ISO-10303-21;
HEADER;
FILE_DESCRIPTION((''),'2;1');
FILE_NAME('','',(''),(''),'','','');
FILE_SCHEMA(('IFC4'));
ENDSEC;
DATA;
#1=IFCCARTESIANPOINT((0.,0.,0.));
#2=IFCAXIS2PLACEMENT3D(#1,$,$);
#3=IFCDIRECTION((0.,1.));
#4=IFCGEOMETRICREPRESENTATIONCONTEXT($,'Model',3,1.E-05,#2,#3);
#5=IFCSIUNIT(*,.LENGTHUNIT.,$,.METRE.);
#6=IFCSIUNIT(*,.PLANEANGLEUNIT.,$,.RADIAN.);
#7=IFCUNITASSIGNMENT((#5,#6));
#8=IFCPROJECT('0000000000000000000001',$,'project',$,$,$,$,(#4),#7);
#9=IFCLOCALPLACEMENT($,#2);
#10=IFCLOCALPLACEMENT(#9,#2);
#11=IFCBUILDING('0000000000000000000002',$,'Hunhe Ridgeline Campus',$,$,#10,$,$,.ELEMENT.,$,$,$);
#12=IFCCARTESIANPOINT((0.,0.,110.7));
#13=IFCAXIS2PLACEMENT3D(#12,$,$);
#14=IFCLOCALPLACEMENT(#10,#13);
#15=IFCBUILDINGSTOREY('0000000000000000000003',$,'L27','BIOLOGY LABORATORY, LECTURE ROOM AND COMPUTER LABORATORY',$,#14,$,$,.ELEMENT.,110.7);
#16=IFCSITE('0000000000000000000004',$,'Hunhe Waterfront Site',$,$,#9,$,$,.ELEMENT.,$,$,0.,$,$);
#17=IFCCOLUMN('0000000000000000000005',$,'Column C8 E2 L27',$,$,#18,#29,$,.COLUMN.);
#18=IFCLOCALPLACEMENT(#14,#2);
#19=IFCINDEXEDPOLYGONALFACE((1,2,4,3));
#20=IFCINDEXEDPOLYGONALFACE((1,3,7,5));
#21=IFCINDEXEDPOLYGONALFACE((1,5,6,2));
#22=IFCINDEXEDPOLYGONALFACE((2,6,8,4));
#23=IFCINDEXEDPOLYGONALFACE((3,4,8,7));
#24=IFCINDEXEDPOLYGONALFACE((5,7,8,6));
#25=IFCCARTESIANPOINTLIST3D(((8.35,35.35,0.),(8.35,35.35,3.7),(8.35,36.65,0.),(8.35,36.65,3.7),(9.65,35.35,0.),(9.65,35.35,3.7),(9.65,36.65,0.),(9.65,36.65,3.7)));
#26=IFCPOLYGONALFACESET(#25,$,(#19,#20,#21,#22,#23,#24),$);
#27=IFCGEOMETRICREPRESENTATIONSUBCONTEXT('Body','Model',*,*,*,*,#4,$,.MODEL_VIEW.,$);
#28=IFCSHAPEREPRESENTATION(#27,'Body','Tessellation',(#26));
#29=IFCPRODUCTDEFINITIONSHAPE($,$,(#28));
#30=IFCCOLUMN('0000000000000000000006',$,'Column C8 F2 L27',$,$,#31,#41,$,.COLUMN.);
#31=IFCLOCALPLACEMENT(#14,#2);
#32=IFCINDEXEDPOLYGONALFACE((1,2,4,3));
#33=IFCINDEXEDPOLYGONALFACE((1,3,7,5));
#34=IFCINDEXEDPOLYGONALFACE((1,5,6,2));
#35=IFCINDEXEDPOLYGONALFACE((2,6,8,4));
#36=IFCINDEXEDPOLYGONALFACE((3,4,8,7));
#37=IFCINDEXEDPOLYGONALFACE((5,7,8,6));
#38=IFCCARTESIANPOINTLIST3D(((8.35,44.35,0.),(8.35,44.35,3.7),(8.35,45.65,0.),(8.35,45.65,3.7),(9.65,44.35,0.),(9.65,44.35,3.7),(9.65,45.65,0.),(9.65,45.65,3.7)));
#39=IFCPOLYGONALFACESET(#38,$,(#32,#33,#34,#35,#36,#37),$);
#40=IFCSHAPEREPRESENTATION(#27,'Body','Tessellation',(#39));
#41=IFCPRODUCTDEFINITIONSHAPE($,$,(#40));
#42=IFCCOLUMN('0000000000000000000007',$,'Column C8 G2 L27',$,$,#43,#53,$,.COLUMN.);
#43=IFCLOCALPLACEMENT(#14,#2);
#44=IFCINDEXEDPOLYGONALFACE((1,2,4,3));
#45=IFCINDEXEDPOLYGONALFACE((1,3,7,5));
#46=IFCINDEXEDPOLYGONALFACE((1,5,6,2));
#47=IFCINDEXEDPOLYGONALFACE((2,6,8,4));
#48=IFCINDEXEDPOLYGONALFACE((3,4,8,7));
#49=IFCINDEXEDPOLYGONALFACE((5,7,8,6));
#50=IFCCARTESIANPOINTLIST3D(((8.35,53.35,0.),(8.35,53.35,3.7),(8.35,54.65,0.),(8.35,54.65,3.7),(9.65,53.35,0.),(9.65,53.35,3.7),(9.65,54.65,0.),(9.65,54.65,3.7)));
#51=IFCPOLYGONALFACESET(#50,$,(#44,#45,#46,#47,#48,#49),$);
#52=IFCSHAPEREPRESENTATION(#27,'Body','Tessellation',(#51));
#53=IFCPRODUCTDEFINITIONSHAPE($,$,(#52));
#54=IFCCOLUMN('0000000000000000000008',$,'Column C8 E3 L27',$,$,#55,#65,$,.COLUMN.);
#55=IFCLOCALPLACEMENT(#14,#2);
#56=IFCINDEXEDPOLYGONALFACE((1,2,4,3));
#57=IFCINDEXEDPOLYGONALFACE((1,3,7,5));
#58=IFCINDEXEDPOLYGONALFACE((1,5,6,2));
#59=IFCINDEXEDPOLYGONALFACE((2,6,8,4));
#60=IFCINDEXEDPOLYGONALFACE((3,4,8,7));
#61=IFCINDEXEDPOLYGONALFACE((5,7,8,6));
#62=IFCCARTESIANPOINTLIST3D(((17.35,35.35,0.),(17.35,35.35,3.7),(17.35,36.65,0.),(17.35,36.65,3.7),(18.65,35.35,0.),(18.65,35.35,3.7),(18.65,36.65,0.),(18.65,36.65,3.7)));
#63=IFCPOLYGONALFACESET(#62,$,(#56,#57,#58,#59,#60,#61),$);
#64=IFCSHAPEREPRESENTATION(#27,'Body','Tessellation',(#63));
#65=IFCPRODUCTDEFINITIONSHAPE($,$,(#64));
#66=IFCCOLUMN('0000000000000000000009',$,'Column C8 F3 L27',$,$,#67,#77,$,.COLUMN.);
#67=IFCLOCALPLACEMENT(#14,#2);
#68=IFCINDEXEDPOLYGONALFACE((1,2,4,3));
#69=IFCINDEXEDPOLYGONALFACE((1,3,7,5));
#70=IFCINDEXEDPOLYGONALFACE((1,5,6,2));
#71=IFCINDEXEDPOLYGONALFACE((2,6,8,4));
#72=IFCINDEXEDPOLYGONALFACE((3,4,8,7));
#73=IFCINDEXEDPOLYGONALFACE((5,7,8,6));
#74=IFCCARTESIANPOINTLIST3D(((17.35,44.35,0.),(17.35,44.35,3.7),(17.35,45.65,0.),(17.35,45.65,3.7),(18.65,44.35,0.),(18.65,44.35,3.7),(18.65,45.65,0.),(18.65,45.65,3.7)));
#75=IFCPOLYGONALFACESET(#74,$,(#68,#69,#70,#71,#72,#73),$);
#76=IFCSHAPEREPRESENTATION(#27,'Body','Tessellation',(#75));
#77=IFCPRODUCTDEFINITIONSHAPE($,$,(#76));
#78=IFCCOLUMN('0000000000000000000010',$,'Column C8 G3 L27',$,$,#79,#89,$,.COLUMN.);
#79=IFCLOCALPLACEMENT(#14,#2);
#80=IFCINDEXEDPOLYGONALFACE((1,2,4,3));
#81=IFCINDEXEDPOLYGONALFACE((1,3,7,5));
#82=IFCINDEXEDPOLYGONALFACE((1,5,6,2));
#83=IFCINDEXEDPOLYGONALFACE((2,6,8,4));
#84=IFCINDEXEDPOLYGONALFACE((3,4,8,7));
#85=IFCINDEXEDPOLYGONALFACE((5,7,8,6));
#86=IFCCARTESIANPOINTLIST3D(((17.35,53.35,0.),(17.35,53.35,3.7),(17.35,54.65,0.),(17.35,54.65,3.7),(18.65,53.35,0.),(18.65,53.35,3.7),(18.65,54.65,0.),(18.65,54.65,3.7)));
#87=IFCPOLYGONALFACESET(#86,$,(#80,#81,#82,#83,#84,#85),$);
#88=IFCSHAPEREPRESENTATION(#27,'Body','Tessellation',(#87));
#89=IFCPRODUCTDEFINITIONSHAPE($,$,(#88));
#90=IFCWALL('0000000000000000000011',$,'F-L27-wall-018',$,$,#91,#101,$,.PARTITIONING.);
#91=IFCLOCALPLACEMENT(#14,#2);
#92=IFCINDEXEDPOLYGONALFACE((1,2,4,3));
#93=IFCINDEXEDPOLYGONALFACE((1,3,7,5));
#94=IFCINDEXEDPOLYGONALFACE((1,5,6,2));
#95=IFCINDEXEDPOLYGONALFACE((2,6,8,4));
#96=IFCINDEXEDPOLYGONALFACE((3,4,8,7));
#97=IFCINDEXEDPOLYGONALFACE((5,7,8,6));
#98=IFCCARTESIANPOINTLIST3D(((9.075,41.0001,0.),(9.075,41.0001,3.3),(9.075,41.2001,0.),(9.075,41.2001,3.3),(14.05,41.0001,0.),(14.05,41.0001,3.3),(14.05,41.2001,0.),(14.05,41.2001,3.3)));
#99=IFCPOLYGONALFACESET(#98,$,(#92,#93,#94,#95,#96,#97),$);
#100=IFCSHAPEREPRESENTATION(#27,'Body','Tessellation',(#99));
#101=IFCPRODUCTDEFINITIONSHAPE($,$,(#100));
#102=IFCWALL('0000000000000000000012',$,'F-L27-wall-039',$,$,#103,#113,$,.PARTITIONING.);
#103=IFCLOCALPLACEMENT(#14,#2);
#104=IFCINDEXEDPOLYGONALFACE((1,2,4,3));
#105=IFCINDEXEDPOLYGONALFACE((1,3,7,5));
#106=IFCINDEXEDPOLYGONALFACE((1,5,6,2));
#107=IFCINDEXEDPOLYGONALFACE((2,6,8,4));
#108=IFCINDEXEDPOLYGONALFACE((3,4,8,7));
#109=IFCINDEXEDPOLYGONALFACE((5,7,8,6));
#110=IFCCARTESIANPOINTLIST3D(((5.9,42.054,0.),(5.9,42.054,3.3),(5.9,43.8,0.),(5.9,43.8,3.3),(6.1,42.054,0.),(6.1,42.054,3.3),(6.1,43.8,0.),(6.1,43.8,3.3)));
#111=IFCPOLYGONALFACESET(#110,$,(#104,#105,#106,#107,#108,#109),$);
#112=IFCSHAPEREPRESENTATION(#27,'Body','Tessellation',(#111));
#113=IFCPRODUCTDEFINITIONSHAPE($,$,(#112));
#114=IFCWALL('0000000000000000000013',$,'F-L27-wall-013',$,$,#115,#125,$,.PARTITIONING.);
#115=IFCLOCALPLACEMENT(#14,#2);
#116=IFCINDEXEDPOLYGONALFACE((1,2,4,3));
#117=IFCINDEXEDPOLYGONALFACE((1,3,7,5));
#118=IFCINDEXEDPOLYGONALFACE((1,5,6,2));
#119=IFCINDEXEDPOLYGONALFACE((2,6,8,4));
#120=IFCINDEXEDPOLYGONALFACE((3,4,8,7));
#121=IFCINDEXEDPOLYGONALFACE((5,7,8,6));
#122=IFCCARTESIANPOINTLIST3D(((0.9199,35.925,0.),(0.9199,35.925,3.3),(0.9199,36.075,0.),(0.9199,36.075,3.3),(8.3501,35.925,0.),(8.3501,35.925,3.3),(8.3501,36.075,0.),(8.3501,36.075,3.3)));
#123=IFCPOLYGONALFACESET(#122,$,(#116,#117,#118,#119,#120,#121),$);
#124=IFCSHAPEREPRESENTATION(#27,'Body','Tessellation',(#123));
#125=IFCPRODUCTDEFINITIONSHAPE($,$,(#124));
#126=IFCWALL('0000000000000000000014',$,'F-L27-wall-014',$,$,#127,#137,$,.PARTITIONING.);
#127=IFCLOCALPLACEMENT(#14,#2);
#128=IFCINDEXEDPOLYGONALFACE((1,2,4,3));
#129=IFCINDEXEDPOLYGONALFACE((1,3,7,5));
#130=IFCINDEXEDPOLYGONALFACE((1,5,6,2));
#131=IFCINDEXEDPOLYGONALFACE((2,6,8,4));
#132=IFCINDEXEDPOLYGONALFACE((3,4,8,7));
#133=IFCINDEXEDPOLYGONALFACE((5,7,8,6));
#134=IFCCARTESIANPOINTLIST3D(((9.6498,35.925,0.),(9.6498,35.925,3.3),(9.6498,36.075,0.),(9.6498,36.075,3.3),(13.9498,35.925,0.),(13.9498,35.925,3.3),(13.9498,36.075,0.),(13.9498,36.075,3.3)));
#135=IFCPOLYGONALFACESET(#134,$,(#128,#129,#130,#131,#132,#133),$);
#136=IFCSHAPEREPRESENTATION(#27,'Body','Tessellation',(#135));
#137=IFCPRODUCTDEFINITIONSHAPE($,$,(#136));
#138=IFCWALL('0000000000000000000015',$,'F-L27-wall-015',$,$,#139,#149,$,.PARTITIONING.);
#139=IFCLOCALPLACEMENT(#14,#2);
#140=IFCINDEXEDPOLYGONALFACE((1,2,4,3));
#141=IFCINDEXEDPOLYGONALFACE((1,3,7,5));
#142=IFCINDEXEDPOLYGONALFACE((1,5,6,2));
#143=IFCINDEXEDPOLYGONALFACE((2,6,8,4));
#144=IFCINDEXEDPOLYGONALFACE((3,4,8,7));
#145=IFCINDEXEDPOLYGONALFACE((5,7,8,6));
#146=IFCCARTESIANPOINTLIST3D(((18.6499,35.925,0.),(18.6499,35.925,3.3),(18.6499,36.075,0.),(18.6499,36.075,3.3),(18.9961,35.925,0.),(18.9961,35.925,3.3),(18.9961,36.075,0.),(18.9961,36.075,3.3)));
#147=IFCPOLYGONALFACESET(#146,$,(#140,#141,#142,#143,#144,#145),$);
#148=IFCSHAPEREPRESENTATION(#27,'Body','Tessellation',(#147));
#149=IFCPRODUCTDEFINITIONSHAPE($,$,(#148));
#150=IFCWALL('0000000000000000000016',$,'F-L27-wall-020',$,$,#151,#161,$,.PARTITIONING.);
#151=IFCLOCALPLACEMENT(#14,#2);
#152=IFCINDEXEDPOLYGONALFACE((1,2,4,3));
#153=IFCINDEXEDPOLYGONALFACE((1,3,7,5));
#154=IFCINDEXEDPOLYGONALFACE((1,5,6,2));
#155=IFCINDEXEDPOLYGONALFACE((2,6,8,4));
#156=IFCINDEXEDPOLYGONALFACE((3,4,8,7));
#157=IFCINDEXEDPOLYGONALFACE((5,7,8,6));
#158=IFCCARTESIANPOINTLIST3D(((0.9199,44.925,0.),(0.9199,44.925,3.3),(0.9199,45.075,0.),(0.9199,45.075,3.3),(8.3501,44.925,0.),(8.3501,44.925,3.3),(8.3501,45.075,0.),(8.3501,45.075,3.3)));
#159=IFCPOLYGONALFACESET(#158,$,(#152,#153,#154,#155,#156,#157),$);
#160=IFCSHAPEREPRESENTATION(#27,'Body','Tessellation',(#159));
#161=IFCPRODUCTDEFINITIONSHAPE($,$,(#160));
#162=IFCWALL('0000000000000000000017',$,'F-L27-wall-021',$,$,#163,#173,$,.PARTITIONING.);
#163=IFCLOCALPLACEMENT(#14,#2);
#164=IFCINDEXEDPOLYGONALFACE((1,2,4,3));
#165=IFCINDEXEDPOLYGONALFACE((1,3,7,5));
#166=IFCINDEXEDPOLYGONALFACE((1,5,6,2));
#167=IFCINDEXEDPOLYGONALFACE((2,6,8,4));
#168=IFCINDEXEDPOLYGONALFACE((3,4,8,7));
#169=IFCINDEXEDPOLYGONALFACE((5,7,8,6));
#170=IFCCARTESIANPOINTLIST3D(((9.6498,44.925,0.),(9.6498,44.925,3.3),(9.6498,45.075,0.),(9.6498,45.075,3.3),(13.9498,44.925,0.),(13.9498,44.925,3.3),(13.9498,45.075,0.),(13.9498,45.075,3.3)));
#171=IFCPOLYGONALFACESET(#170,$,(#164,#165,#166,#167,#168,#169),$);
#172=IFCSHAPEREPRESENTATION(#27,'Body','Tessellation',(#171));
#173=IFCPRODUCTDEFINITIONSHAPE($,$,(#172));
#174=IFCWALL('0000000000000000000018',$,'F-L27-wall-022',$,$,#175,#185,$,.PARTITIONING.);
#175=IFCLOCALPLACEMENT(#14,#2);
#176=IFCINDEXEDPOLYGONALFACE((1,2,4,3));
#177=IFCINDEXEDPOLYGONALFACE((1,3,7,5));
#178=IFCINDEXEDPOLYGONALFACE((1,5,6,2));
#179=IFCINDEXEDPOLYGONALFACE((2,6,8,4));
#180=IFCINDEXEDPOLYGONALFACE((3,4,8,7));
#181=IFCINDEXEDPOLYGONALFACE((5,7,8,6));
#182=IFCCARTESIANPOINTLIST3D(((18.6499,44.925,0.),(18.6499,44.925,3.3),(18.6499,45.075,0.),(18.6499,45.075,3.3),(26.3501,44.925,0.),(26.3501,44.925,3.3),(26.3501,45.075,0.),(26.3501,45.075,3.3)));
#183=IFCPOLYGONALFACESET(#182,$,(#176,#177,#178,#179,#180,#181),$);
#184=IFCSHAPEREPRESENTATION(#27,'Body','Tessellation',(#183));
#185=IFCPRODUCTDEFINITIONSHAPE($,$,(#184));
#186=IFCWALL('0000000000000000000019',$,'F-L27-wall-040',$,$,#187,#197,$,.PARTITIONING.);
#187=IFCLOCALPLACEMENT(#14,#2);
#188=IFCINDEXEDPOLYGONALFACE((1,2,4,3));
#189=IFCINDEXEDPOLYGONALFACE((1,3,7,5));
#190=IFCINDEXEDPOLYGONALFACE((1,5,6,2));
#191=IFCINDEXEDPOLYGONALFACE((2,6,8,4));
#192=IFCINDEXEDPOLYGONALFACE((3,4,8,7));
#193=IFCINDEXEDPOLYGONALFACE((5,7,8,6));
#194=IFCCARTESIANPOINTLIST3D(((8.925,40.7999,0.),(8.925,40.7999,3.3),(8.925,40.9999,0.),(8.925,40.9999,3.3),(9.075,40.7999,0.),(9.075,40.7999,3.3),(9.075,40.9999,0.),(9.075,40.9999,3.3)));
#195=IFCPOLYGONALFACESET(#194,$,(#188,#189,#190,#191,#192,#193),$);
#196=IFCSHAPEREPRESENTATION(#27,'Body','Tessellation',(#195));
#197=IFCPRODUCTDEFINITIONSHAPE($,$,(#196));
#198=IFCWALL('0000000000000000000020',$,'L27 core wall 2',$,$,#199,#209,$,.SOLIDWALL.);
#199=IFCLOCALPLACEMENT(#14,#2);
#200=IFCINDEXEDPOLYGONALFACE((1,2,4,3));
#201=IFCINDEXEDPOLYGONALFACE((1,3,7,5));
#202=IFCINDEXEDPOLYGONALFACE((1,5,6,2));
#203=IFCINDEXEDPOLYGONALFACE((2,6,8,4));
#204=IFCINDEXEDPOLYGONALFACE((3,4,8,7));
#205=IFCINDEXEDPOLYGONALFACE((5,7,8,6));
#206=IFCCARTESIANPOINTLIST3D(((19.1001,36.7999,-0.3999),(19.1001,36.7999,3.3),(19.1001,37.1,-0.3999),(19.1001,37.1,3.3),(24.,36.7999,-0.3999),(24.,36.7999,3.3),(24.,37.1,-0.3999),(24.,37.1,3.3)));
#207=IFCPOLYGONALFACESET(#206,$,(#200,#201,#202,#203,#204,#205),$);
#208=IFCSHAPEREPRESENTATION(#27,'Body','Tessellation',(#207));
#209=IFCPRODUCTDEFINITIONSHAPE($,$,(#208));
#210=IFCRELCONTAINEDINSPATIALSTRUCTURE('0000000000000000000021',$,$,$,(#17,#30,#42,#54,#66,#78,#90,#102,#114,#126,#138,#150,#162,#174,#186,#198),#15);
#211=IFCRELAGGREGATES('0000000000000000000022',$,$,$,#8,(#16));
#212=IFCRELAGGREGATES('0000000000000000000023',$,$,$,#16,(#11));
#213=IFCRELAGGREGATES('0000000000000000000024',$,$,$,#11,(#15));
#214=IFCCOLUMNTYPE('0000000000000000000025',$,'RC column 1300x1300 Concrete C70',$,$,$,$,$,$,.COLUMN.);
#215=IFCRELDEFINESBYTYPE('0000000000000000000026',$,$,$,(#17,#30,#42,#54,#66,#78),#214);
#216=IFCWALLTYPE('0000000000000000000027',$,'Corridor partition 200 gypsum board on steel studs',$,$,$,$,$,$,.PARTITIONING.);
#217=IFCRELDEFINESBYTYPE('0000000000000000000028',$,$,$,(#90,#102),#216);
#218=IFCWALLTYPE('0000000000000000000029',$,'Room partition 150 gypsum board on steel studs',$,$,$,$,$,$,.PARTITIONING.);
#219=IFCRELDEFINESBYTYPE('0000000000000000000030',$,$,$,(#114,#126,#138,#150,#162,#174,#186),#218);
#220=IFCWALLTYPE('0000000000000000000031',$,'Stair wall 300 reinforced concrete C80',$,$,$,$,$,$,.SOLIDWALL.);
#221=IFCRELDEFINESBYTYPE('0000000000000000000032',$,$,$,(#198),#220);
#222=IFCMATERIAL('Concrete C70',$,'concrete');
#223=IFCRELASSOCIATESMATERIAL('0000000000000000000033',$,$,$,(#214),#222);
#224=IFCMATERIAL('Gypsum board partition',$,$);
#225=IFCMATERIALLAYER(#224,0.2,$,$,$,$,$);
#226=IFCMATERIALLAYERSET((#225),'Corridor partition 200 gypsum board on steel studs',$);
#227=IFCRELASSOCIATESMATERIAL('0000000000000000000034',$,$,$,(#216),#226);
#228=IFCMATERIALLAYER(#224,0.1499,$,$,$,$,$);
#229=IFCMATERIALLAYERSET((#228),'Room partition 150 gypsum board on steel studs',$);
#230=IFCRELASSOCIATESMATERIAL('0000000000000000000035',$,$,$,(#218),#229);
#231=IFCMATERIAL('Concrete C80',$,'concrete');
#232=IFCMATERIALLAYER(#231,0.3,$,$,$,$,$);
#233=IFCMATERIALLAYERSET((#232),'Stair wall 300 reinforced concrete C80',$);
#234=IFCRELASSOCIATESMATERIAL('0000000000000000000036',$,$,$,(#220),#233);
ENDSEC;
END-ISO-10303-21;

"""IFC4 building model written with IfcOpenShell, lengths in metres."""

from ifc_helpers import new_model, si_unit, direction, frame, frame_2d, origin, origin_2d, place, context, subcontext, project, spatial, rectangle, extrude, material, layer, layer_set, material_profile, profile_set, type_object, element, save


model = new_model("IFC4")

# Units and contexts
model_context = context("Model", 3, precision=1e-05, world=origin(), true_north=direction((0.0, 1.0)))
body_context = subcontext(model_context, "Body", "Model", "MODEL_VIEW")
ifc_project = project(units=[si_unit("LENGTHUNIT", "METRE"), si_unit("PLANEANGLEUNIT", "RADIAN")], contexts=[model_context])

# Site, building, storey
site_placement = place(None, origin())
site = spatial("IfcSite", under=ifc_project, at=site_placement, Name="Hunhe Waterfront Site", CompositionType="ELEMENT", RefElevation=0.0)
building_placement = place(site_placement, origin())
building = spatial("IfcBuilding", under=site, at=building_placement, Name="Hunhe Ridgeline Campus", CompositionType="ELEMENT")
storey_placement = place(building_placement, frame((0.0, 0.0, 110.7)))
storey = spatial("IfcBuildingStorey", under=building, at=storey_placement, Name="L27", Description="BIOLOGY LABORATORY, LECTURE ROOM AND COMPUTER LABORATORY", CompositionType="ELEMENT", Elevation=110.7)

# Columns
ifc_material_1 = material(Name="Concrete C70", Category="concrete")
ifc_material_profile = material_profile(ifc_material_1, rectangle(XDim=1.3, YDim=1.3, at=origin_2d()))
ifc_profile_set = profile_set([ifc_material_profile], Name="Concrete C70")
column_type = type_object("IfcColumnType", Name="RC column 1300x1300 Concrete C70", PredefinedType="COLUMN", material=ifc_profile_set)
for number, where, z_axis, x_axis, name in (
    (1, (9.0, 36.0, 0.0), (0.0, 0.0, 1.0), (1.0, 0.0, 0.0), "Column C8 E2 L27"),
    (2, (9.0, 45.0, 0.0), (0.0, 0.0, 1.0), (1.0, 0.0, 0.0), "Column C8 F2 L27"),
    (3, (9.0, 54.0, 0.0), (0.0, 0.0, 1.0), (1.0, 0.0, 0.0), "Column C8 G2 L27"),
    (4, (18.0, 36.0, 0.0), (0.0, 0.0, 1.0), (1.0, 0.0, 0.0), "Column C8 E3 L27"),
    (5, (18.0, 45.0, 0.0), (0.0, 0.0, 1.0), (1.0, 0.0, 0.0), "Column C8 F3 L27"),
    (6, (18.0, 54.0, 0.0), (0.0, 0.0, 1.0), (1.0, 0.0, 0.0), "Column C8 G3 L27"),
):
    element("IfcColumn", number, at=place(storey_placement, frame(where, z_axis=z_axis, x_axis=x_axis)), inside=storey, type_object=column_type, Name=name, PredefinedType="COLUMN", context=body_context, shape_type="SweptSolid", body=[
        extrude(rectangle(XDim=1.3, YDim=1.3, at=origin_2d()), origin(), (0.0, 0.0, 1.0), 3.7),
    ])

# Wall
ifc_material_2 = material(Name="Gypsum board partition")
ifc_layer_1 = layer(ifc_material_2, 0.2)
ifc_layer_set_1 = layer_set([ifc_layer_1], Name="Corridor partition 200 gypsum board on steel studs")
wall_type_1 = type_object("IfcWallType", Name="Corridor partition 200 gypsum board on steel studs", PredefinedType="PARTITIONING", material=ifc_layer_set_1)
wall_1_placement = place(storey_placement, frame((14.05, 41.1001, 0.0), z_axis=(0.0, 0.0, 1.0), x_axis=(-1.0, 0.0, 0.0)))
element("IfcWall", 7, at=wall_1_placement, inside=storey, type_object=wall_type_1, Name="F-L27-wall-018", PredefinedType="PARTITIONING", context=body_context, shape_type="SweptSolid", body=[
    extrude(rectangle(XDim=4.9751, YDim=0.2, at=frame_2d((2.4875, 0.0))), origin(), (0.0, 0.0, 1.0), 3.3),
])

# Wall
wall_2_placement = place(storey_placement, frame((6.0, 42.054, 0.0), z_axis=(0.0, 0.0, 1.0), x_axis=(0.0, 1.0, 0.0)))
element("IfcWall", 8, at=wall_2_placement, inside=storey, type_object=wall_type_1, Name="F-L27-wall-039", PredefinedType="PARTITIONING", context=body_context, shape_type="SweptSolid", body=[
    extrude(rectangle(XDim=1.7461, YDim=0.2, at=frame_2d((0.873, 0.0))), origin(), (0.0, 0.0, 1.0), 3.3),
])

# Walls
ifc_layer_2 = layer(ifc_material_2, 0.1499)
ifc_layer_set_2 = layer_set([ifc_layer_2], Name="Room partition 150 gypsum board on steel studs")
wall_type_2 = type_object("IfcWallType", Name="Room partition 150 gypsum board on steel studs", PredefinedType="PARTITIONING", material=ifc_layer_set_2)
wall_3_placement = place(storey_placement, frame((0.9199, 36.0, 0.0), z_axis=(0.0, 0.0, 1.0), x_axis=(1.0, 0.0, 0.0)))
element("IfcWall", 9, at=wall_3_placement, inside=storey, type_object=wall_type_2, Name="F-L27-wall-013", PredefinedType="PARTITIONING", context=body_context, shape_type="SweptSolid", body=[
    extrude(rectangle(XDim=7.4302, YDim=0.1499, at=frame_2d((3.7151, 0.0))), origin(), (0.0, 0.0, 1.0), 3.3),
])
wall_4_placement = place(storey_placement, frame((9.6499, 36.0, 0.0), z_axis=(0.0, 0.0, 1.0), x_axis=(1.0, 0.0, 0.0)))
element("IfcWall", 10, at=wall_4_placement, inside=storey, type_object=wall_type_2, Name="F-L27-wall-014", PredefinedType="PARTITIONING", context=body_context, shape_type="SweptSolid", body=[
    extrude(rectangle(XDim=4.3, YDim=0.1499, at=frame_2d((2.1499, 0.0))), origin(), (0.0, 0.0, 1.0), 3.3),
])
wall_5_placement = place(storey_placement, frame((18.6499, 36.0, 0.0), z_axis=(0.0, 0.0, 1.0), x_axis=(1.0, 0.0, 0.0)))
element("IfcWall", 11, at=wall_5_placement, inside=storey, type_object=wall_type_2, Name="F-L27-wall-015", PredefinedType="PARTITIONING", context=body_context, shape_type="SweptSolid", body=[
    extrude(rectangle(XDim=0.3462, YDim=0.1499, at=frame_2d((0.1731, 0.0))), origin(), (0.0, 0.0, 1.0), 3.3),
])
wall_6_placement = place(storey_placement, frame((0.9199, 45.0, 0.0), z_axis=(0.0, 0.0, 1.0), x_axis=(1.0, 0.0, 0.0)))
element("IfcWall", 12, at=wall_6_placement, inside=storey, type_object=wall_type_2, Name="F-L27-wall-020", PredefinedType="PARTITIONING", context=body_context, shape_type="SweptSolid", body=[
    extrude(rectangle(XDim=7.4302, YDim=0.1499, at=frame_2d((3.7151, 0.0))), origin(), (0.0, 0.0, 1.0), 3.3),
])
wall_7_placement = place(storey_placement, frame((9.6499, 45.0, 0.0), z_axis=(0.0, 0.0, 1.0), x_axis=(1.0, 0.0, 0.0)))
element("IfcWall", 13, at=wall_7_placement, inside=storey, type_object=wall_type_2, Name="F-L27-wall-021", PredefinedType="PARTITIONING", context=body_context, shape_type="SweptSolid", body=[
    extrude(rectangle(XDim=4.3, YDim=0.1499, at=frame_2d((2.1499, 0.0))), origin(), (0.0, 0.0, 1.0), 3.3),
])
wall_8_placement = place(storey_placement, frame((18.6499, 45.0, 0.0), z_axis=(0.0, 0.0, 1.0), x_axis=(1.0, 0.0, 0.0)))
element("IfcWall", 14, at=wall_8_placement, inside=storey, type_object=wall_type_2, Name="F-L27-wall-022", PredefinedType="PARTITIONING", context=body_context, shape_type="SweptSolid", body=[
    extrude(rectangle(XDim=7.7002, YDim=0.1499, at=frame_2d((3.8501, 0.0))), origin(), (0.0, 0.0, 1.0), 3.3),
])
wall_9_placement = place(storey_placement, frame((9.0, 41.0, 0.0), z_axis=(0.0, 0.0, 1.0), x_axis=(0.0, -1.0, 0.0)))
element("IfcWall", 15, at=wall_9_placement, inside=storey, type_object=wall_type_2, Name="F-L27-wall-040", PredefinedType="PARTITIONING", context=body_context, shape_type="SweptSolid", body=[
    extrude(rectangle(XDim=0.2, YDim=0.1499, at=frame_2d((0.1001, 0.0))), origin(), (0.0, 0.0, 1.0), 3.3),
])
ifc_material_3 = material(Name="Concrete C80", Category="concrete")
ifc_layer_3 = layer(ifc_material_3, 0.3)
ifc_layer_set_3 = layer_set([ifc_layer_3], Name="Stair wall 300 reinforced concrete C80")
wall_type_3 = type_object("IfcWallType", Name="Stair wall 300 reinforced concrete C80", PredefinedType="SOLIDWALL", material=ifc_layer_set_3)
wall_10_placement = place(storey_placement, frame((19.1001, 36.95, -0.3999), z_axis=(0.0, 0.0, 1.0), x_axis=(1.0, 0.0, 0.0)))
element("IfcWall", 16, at=wall_10_placement, inside=storey, type_object=wall_type_3, Name="L27 core wall 2", PredefinedType="SOLIDWALL", context=body_context, shape_type="SweptSolid", body=[
    extrude(rectangle(XDim=4.8999, YDim=0.3, at=frame_2d((2.45, 0.0))), origin(), (0.0, 0.0, 1.0), 3.7),
])

save(model, "model.ifc")
